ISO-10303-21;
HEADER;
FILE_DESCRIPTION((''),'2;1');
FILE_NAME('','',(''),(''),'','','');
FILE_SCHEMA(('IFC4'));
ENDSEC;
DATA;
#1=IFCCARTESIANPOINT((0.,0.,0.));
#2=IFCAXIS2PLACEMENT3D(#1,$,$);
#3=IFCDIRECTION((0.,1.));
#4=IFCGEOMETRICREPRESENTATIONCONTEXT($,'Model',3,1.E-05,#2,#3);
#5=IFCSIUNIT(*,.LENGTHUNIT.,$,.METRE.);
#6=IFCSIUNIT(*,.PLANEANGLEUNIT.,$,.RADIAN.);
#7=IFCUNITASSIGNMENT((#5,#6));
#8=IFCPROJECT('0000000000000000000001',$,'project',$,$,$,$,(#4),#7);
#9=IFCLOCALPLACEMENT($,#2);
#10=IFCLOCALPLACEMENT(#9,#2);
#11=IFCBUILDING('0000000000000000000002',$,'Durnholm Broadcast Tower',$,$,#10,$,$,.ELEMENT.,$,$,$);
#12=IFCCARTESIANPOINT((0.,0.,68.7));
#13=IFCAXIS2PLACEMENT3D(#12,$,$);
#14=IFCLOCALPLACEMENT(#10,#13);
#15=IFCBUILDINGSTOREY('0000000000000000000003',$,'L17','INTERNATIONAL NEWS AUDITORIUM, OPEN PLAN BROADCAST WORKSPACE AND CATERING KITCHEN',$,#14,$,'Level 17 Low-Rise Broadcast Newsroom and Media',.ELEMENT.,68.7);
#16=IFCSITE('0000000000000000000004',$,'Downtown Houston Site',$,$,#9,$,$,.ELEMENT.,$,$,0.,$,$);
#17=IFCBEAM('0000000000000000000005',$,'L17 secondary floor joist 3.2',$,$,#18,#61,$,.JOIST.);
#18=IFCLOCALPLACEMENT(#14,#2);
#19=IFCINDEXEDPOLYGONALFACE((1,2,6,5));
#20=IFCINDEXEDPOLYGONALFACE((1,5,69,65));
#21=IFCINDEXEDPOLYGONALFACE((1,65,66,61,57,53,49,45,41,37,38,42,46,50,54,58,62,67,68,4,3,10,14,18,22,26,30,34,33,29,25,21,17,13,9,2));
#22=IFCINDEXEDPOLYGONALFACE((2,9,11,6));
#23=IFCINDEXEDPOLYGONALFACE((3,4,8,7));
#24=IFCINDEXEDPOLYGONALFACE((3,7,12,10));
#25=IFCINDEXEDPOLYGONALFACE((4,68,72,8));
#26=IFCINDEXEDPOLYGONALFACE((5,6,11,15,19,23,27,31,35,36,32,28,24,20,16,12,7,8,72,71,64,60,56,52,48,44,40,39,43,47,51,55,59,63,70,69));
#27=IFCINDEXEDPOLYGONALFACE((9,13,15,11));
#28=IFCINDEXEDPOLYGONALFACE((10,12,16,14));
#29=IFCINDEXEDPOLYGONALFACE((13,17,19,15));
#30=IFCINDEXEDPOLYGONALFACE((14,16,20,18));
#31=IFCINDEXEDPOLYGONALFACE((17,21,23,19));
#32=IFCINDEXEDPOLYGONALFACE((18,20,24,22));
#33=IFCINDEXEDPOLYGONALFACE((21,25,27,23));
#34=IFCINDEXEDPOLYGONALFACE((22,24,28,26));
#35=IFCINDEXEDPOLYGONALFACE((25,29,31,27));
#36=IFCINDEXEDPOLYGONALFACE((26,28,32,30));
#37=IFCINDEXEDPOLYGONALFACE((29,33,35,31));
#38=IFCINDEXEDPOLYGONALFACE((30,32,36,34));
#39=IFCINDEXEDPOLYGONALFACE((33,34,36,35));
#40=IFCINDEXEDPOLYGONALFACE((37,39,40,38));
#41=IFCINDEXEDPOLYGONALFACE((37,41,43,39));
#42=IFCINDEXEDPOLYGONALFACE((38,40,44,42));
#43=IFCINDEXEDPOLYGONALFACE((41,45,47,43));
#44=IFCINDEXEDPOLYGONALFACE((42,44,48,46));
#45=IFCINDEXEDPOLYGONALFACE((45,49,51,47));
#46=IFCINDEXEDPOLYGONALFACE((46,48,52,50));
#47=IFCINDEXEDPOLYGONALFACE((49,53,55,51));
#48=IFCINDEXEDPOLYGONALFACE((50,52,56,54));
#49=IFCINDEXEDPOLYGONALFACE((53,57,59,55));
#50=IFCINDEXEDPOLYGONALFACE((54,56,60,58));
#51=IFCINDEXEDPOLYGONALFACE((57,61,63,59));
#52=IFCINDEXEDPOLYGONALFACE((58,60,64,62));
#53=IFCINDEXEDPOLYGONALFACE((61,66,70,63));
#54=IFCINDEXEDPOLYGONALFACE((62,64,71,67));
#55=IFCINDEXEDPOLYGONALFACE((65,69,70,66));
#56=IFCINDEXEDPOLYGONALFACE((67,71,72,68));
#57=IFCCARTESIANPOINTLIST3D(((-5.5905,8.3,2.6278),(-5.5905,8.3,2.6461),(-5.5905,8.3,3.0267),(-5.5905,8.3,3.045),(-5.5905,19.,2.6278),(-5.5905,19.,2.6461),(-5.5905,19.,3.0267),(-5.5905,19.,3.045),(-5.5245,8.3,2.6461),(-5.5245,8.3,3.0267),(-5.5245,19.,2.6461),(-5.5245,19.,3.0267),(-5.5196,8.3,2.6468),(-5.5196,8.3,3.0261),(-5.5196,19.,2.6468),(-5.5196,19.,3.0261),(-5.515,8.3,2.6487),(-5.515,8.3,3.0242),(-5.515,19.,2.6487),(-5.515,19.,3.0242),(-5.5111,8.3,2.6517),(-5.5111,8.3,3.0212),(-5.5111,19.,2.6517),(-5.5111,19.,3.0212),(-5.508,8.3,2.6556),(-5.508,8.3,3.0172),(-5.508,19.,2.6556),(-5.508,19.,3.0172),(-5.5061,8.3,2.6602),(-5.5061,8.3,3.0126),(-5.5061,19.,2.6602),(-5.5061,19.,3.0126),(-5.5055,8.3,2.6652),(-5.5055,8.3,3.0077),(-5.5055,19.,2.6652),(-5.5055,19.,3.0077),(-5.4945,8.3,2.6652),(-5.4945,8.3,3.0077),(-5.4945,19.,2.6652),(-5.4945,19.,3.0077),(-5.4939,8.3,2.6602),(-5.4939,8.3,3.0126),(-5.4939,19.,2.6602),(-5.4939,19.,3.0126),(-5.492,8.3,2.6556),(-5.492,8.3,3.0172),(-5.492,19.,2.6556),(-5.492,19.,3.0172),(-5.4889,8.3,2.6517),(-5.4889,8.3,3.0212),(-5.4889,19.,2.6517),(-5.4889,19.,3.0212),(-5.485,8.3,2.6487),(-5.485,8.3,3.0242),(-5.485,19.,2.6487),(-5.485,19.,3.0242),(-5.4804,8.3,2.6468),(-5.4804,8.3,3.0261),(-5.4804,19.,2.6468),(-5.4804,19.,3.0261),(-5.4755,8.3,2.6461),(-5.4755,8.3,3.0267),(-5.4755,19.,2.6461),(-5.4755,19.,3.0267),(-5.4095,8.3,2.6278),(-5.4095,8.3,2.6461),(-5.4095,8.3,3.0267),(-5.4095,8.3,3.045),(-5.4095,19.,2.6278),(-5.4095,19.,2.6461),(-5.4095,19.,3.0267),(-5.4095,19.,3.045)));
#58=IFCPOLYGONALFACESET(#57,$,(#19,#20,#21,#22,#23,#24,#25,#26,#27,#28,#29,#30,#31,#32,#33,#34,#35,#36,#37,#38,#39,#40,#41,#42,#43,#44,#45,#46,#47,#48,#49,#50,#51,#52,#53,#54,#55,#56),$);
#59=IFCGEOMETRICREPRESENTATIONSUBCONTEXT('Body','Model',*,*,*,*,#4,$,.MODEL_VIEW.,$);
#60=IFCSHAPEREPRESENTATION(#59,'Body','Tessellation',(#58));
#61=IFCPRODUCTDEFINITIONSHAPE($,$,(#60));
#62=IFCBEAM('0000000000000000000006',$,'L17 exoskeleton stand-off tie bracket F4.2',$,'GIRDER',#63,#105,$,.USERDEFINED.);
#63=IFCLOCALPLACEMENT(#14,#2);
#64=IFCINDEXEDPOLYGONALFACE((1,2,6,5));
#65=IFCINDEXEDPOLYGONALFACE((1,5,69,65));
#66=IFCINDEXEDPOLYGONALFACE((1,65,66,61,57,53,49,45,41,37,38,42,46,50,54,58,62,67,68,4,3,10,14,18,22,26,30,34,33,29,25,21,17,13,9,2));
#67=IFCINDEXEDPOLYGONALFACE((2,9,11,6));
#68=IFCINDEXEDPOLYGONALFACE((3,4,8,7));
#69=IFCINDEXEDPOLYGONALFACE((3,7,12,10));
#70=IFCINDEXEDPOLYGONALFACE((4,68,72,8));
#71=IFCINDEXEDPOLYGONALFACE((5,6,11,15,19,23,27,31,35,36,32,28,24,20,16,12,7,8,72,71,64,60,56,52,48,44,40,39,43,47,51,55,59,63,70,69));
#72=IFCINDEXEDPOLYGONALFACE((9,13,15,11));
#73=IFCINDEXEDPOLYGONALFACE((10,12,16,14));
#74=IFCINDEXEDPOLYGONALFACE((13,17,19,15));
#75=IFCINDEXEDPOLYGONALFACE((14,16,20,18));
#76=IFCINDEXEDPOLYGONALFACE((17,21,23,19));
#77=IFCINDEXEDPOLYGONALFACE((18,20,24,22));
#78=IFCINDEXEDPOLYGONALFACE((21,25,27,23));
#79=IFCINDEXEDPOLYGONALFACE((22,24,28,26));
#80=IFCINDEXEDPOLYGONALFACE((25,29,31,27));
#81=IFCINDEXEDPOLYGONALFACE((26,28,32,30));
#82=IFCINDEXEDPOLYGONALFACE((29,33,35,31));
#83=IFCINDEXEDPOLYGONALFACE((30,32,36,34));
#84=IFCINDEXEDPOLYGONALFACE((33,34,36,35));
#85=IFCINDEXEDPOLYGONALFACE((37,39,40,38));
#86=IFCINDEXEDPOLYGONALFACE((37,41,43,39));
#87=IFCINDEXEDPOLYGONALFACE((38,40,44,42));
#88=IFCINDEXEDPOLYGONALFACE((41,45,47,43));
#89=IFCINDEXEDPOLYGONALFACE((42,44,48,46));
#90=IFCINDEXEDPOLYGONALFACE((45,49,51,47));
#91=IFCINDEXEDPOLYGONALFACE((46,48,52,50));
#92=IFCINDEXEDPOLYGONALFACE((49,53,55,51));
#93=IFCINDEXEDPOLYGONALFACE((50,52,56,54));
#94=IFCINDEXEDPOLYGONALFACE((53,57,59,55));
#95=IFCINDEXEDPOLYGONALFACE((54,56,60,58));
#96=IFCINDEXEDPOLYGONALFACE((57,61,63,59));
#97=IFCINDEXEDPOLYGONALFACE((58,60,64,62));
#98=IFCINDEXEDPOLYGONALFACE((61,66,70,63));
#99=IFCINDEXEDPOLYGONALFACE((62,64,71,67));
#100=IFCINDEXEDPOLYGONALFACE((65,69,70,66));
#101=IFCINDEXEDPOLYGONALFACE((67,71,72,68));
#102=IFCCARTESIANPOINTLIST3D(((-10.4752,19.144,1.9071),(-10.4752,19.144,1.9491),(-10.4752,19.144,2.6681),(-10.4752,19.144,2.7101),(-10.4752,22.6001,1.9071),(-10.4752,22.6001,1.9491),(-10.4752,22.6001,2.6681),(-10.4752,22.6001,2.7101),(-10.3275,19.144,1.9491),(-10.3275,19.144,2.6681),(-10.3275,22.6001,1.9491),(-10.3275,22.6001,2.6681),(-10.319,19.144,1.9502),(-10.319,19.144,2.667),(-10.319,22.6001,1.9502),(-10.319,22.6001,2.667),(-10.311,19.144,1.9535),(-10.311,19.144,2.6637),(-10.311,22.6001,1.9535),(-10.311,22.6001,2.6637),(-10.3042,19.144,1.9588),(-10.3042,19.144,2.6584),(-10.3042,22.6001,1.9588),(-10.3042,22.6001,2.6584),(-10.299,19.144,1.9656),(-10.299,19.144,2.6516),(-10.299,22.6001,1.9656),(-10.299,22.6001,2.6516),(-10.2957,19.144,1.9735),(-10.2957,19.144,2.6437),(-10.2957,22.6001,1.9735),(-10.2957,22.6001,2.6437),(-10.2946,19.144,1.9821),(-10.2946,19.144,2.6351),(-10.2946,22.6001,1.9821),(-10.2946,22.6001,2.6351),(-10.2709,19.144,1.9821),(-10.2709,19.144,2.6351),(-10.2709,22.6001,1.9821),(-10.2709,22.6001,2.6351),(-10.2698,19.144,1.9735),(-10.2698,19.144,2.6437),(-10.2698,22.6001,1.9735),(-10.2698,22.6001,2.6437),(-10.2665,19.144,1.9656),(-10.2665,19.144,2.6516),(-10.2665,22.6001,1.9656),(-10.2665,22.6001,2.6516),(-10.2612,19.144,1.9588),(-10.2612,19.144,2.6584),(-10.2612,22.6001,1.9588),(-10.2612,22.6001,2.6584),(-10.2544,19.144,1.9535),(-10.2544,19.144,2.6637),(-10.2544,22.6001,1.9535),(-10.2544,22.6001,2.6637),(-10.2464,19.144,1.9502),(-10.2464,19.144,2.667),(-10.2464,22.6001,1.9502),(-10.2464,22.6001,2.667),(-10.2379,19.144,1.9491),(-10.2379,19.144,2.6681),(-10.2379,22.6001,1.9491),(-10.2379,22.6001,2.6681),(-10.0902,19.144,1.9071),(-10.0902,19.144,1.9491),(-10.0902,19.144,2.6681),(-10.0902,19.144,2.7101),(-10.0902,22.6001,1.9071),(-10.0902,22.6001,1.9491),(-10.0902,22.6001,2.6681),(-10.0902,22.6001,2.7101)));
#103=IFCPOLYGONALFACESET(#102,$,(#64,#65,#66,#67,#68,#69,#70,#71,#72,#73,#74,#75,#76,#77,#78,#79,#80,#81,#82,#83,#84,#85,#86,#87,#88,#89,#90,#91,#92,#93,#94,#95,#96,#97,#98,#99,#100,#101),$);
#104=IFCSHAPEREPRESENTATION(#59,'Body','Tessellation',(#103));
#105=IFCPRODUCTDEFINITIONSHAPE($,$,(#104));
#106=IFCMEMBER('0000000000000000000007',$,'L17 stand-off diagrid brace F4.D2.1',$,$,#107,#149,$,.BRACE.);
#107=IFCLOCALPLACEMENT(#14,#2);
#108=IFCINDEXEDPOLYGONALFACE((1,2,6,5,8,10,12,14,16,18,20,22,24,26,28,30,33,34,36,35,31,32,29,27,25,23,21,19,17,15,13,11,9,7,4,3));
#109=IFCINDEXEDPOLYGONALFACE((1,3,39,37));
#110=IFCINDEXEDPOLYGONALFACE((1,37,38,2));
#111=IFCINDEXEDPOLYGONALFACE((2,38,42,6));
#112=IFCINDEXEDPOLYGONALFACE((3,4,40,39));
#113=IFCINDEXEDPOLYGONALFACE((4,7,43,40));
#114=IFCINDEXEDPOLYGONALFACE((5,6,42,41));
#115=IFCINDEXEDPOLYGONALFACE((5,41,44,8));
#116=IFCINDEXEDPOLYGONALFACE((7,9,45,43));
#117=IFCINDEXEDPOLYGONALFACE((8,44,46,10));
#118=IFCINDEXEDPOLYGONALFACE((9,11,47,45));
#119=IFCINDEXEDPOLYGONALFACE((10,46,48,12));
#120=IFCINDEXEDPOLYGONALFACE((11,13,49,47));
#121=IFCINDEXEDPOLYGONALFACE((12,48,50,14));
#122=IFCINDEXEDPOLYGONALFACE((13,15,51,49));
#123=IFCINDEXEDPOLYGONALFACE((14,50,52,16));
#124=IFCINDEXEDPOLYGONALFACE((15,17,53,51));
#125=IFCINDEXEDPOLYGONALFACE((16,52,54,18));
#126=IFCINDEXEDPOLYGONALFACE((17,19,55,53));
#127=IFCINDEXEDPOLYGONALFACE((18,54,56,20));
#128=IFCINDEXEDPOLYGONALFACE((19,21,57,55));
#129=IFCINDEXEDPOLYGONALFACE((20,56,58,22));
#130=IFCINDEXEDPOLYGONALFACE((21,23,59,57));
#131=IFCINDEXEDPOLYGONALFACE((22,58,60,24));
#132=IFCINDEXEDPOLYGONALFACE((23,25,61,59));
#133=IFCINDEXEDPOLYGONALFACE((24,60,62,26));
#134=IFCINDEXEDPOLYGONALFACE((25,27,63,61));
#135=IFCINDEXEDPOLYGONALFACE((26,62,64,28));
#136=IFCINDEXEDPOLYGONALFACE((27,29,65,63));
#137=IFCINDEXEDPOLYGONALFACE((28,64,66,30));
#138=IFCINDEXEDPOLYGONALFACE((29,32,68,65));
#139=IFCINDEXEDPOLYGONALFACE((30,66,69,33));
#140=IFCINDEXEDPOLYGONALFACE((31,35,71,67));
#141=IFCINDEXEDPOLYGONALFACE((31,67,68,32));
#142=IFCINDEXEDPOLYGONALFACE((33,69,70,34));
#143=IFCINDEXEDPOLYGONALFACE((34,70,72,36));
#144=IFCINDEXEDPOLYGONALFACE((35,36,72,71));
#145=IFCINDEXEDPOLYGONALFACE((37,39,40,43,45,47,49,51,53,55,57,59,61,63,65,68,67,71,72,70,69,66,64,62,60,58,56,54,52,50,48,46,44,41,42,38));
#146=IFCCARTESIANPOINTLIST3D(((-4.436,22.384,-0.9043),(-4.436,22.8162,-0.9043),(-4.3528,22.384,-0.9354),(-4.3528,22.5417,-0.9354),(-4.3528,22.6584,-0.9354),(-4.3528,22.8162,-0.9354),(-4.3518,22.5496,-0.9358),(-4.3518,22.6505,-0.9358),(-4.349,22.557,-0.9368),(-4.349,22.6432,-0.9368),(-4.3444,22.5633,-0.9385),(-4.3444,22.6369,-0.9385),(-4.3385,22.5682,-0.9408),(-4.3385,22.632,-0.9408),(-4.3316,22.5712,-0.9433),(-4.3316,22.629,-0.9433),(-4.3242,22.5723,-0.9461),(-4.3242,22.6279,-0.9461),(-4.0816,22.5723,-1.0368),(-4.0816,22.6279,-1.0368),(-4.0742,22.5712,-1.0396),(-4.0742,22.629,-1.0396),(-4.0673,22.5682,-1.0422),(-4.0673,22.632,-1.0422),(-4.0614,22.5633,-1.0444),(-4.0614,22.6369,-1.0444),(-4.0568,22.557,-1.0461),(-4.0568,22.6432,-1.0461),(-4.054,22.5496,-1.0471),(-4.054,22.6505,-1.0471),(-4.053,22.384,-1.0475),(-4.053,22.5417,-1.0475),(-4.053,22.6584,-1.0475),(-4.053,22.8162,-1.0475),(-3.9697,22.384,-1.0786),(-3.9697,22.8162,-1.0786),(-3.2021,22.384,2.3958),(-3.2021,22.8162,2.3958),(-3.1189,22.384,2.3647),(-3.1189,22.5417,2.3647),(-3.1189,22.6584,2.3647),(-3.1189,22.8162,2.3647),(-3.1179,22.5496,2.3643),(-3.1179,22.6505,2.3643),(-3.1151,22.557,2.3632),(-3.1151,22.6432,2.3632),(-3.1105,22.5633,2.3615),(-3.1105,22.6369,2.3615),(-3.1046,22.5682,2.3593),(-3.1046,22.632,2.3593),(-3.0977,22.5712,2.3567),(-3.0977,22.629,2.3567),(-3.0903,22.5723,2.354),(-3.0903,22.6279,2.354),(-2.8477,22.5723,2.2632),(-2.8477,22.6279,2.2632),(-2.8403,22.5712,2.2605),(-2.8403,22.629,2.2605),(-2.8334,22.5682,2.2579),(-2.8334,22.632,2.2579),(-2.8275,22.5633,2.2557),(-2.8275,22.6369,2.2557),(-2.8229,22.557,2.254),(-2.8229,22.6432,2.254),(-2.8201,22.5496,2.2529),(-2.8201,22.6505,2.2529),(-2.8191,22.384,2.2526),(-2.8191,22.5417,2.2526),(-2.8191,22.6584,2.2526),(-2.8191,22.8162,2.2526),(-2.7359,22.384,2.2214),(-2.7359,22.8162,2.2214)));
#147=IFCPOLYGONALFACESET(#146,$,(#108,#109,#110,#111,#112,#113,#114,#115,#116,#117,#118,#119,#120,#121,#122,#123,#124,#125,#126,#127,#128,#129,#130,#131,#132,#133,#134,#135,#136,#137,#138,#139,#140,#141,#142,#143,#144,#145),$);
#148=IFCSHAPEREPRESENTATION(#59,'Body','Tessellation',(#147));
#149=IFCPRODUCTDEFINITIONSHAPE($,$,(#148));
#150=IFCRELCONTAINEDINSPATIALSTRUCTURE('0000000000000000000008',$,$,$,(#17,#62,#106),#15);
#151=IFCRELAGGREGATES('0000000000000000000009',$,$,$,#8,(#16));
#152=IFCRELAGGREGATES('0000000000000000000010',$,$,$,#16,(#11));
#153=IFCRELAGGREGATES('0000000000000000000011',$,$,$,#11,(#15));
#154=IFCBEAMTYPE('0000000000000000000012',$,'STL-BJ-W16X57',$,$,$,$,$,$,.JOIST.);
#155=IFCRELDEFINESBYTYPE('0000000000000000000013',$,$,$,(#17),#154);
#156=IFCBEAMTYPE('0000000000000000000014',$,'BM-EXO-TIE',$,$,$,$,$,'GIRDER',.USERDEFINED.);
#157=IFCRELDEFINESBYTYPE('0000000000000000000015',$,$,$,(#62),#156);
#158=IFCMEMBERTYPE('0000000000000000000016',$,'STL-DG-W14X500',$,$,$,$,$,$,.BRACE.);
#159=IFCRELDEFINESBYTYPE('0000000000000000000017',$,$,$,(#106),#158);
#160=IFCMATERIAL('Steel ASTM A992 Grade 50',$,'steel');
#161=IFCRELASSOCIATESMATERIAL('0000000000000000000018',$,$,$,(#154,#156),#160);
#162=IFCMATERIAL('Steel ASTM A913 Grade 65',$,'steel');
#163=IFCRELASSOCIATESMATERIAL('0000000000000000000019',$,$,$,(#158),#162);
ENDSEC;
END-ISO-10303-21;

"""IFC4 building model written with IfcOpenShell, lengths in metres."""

from ifc_helpers import new_model, si_unit, direction, frame, origin, origin_2d, place, context, subcontext, project, spatial, i_section, extrude, source, transform, mapped, material, material_profile, profile_set, type_object, type_shapes, element, save


model = new_model("IFC4")

# Units and contexts
model_context = context("Model", 3, precision=1e-05, world=origin(), true_north=direction((0.0, 1.0)))
body_context = subcontext(model_context, "Body", "Model", "MODEL_VIEW")
ifc_project = project(units=[si_unit("LENGTHUNIT", "METRE"), si_unit("PLANEANGLEUNIT", "RADIAN")], contexts=[model_context])

# Site, building, storey
site_placement = place(None, origin())
site = spatial("IfcSite", under=ifc_project, at=site_placement, Name="Downtown Houston Site", CompositionType="ELEMENT", RefElevation=0.0)
building_placement = place(site_placement, origin())
building = spatial("IfcBuilding", under=site, at=building_placement, Name="Durnholm Broadcast Tower", CompositionType="ELEMENT")
storey_placement = place(building_placement, frame((0.0, 0.0, 68.7)))
storey = spatial("IfcBuildingStorey", under=building, at=storey_placement, Name="L17", Description="INTERNATIONAL NEWS AUDITORIUM, OPEN PLAN BROADCAST WORKSPACE AND CATERING KITCHEN", LongName="Level 17 Low-Rise Broadcast Newsroom and Media", CompositionType="ELEMENT", Elevation=68.7)

# Beams
ifc_material_1 = material(Name="Steel ASTM A992 Grade 50", Category="steel")
ifc_material_profile_1 = material_profile(ifc_material_1, i_section(OverallWidth=0.1809, OverallDepth=0.4172, WebThickness=0.011, FlangeThickness=0.0183, FilletRadius=0.019, at=origin_2d()), Name="W16X57")
ifc_profile_set_1 = profile_set([ifc_material_profile_1], Name="Steel ASTM A992 Grade 50")
beam_type_1 = type_object("IfcBeamType", Name="STL-BJ-W16X57", PredefinedType="JOIST", material=ifc_profile_set_1)
shared_shape_1 = source(origin(), body_context, "Body", "SweptSolid", [
    extrude(i_section(OverallWidth=0.1809, OverallDepth=0.4172, WebThickness=0.011, FlangeThickness=0.0183, FilletRadius=0.019, at=origin_2d()), origin(), (0.0, 0.0, 1.0), 10.7),
])
type_shapes(beam_type_1, [shared_shape_1])
beam_1_placement = place(storey_placement, frame((-5.5, 8.3, 2.8364), z_axis=(0.0, 1.0, 0.0), x_axis=(-1.0, 0.0, 0.0)))
element("IfcBeam", 1, at=beam_1_placement, inside=storey, type_object=beam_type_1, Name="L17 secondary floor joist 3.2", PredefinedType="JOIST", context=body_context, shape_type="MappedRepresentation", body=[
    mapped(shared_shape_1, transform((0.0, 0.0, 0.0), x_axis=(1.0, 0.0, 0.0), y_axis=(0.0, 1.0, 0.0), z_axis=(0.0, 0.0, 1.0), scale=1.0)),
])
ifc_material_profile_2 = material_profile(ifc_material_1, i_section(OverallWidth=0.385, OverallDepth=0.803, WebThickness=0.0237, FlangeThickness=0.042, FilletRadius=0.033, at=origin_2d()), Name="W30X261")
ifc_profile_set_2 = profile_set([ifc_material_profile_2], Name="Steel ASTM A992 Grade 50")
beam_type_2 = type_object("IfcBeamType", Name="BM-EXO-TIE", ElementType="GIRDER", PredefinedType="USERDEFINED", material=ifc_profile_set_2)
shared_shape_2 = source(origin(), body_context, "Body", "SweptSolid", [
    extrude(i_section(OverallWidth=0.385, OverallDepth=0.803, WebThickness=0.0237, FlangeThickness=0.042, FilletRadius=0.033, at=origin_2d()), origin(), (0.0, 0.0, 1.0), 3.4561),
])
type_shapes(beam_type_2, [shared_shape_2])
beam_2_placement = place(storey_placement, frame((-10.2827, 19.144, 2.3086), z_axis=(0.0, 1.0, 0.0), x_axis=(-1.0, 0.0, 0.0)))
element("IfcBeam", 2, at=beam_2_placement, inside=storey, type_object=beam_type_2, Name="L17 exoskeleton stand-off tie bracket F4.2", ObjectType="GIRDER", PredefinedType="USERDEFINED", context=body_context, shape_type="MappedRepresentation", body=[
    mapped(shared_shape_2, transform((0.0, 0.0, 0.0), x_axis=(1.0, 0.0, 0.0), y_axis=(0.0, 1.0, 0.0), z_axis=(0.0, 0.0, 1.0), scale=1.0)),
])

# Member
ifc_material_2 = material(Name="Steel ASTM A913 Grade 65", Category="steel")
ifc_material_profile_3 = material_profile(ifc_material_2, i_section(OverallWidth=0.4321, OverallDepth=0.4978, WebThickness=0.0557, FlangeThickness=0.0889, FilletRadius=0.0305, at=origin_2d()), Name="W14X500")
ifc_profile_set_3 = profile_set([ifc_material_profile_3], Name="Steel ASTM A913 Grade 65")
member_type_1 = type_object("IfcMemberType", Name="STL-DG-W14X500", PredefinedType="BRACE", material=ifc_profile_set_3)
shared_shape_3 = source(origin(), body_context, "Body", "SweptSolid", [
    extrude(i_section(OverallWidth=0.4321, OverallDepth=0.4978, WebThickness=0.0557, FlangeThickness=0.0889, FilletRadius=0.0305, at=origin_2d()), origin(), (0.0, 0.0, 1.0), 3.5232),
])
type_shapes(member_type_1, [shared_shape_3])
for number, where, z_axis, x_axis, name in (
    (3, (-4.2029, 22.6001, -0.9915), (0.35022, 0.0, 0.936668), (0.0, 1.0, 0.0), "L17 stand-off diagrid brace F4.D2.1"),
):
    element("IfcMember", number, at=place(storey_placement, frame(where, z_axis=z_axis, x_axis=x_axis)), inside=storey, type_object=member_type_1, Name=name, PredefinedType="BRACE", context=body_context, shape_type="MappedRepresentation", body=[
        mapped(shared_shape_3, transform((0.0, 0.0, 0.0), x_axis=(1.0, 0.0, 0.0), y_axis=(0.0, 1.0, 0.0), z_axis=(0.0, 0.0, 1.0), scale=1.0)),
    ])

save(model, "model.ifc")
